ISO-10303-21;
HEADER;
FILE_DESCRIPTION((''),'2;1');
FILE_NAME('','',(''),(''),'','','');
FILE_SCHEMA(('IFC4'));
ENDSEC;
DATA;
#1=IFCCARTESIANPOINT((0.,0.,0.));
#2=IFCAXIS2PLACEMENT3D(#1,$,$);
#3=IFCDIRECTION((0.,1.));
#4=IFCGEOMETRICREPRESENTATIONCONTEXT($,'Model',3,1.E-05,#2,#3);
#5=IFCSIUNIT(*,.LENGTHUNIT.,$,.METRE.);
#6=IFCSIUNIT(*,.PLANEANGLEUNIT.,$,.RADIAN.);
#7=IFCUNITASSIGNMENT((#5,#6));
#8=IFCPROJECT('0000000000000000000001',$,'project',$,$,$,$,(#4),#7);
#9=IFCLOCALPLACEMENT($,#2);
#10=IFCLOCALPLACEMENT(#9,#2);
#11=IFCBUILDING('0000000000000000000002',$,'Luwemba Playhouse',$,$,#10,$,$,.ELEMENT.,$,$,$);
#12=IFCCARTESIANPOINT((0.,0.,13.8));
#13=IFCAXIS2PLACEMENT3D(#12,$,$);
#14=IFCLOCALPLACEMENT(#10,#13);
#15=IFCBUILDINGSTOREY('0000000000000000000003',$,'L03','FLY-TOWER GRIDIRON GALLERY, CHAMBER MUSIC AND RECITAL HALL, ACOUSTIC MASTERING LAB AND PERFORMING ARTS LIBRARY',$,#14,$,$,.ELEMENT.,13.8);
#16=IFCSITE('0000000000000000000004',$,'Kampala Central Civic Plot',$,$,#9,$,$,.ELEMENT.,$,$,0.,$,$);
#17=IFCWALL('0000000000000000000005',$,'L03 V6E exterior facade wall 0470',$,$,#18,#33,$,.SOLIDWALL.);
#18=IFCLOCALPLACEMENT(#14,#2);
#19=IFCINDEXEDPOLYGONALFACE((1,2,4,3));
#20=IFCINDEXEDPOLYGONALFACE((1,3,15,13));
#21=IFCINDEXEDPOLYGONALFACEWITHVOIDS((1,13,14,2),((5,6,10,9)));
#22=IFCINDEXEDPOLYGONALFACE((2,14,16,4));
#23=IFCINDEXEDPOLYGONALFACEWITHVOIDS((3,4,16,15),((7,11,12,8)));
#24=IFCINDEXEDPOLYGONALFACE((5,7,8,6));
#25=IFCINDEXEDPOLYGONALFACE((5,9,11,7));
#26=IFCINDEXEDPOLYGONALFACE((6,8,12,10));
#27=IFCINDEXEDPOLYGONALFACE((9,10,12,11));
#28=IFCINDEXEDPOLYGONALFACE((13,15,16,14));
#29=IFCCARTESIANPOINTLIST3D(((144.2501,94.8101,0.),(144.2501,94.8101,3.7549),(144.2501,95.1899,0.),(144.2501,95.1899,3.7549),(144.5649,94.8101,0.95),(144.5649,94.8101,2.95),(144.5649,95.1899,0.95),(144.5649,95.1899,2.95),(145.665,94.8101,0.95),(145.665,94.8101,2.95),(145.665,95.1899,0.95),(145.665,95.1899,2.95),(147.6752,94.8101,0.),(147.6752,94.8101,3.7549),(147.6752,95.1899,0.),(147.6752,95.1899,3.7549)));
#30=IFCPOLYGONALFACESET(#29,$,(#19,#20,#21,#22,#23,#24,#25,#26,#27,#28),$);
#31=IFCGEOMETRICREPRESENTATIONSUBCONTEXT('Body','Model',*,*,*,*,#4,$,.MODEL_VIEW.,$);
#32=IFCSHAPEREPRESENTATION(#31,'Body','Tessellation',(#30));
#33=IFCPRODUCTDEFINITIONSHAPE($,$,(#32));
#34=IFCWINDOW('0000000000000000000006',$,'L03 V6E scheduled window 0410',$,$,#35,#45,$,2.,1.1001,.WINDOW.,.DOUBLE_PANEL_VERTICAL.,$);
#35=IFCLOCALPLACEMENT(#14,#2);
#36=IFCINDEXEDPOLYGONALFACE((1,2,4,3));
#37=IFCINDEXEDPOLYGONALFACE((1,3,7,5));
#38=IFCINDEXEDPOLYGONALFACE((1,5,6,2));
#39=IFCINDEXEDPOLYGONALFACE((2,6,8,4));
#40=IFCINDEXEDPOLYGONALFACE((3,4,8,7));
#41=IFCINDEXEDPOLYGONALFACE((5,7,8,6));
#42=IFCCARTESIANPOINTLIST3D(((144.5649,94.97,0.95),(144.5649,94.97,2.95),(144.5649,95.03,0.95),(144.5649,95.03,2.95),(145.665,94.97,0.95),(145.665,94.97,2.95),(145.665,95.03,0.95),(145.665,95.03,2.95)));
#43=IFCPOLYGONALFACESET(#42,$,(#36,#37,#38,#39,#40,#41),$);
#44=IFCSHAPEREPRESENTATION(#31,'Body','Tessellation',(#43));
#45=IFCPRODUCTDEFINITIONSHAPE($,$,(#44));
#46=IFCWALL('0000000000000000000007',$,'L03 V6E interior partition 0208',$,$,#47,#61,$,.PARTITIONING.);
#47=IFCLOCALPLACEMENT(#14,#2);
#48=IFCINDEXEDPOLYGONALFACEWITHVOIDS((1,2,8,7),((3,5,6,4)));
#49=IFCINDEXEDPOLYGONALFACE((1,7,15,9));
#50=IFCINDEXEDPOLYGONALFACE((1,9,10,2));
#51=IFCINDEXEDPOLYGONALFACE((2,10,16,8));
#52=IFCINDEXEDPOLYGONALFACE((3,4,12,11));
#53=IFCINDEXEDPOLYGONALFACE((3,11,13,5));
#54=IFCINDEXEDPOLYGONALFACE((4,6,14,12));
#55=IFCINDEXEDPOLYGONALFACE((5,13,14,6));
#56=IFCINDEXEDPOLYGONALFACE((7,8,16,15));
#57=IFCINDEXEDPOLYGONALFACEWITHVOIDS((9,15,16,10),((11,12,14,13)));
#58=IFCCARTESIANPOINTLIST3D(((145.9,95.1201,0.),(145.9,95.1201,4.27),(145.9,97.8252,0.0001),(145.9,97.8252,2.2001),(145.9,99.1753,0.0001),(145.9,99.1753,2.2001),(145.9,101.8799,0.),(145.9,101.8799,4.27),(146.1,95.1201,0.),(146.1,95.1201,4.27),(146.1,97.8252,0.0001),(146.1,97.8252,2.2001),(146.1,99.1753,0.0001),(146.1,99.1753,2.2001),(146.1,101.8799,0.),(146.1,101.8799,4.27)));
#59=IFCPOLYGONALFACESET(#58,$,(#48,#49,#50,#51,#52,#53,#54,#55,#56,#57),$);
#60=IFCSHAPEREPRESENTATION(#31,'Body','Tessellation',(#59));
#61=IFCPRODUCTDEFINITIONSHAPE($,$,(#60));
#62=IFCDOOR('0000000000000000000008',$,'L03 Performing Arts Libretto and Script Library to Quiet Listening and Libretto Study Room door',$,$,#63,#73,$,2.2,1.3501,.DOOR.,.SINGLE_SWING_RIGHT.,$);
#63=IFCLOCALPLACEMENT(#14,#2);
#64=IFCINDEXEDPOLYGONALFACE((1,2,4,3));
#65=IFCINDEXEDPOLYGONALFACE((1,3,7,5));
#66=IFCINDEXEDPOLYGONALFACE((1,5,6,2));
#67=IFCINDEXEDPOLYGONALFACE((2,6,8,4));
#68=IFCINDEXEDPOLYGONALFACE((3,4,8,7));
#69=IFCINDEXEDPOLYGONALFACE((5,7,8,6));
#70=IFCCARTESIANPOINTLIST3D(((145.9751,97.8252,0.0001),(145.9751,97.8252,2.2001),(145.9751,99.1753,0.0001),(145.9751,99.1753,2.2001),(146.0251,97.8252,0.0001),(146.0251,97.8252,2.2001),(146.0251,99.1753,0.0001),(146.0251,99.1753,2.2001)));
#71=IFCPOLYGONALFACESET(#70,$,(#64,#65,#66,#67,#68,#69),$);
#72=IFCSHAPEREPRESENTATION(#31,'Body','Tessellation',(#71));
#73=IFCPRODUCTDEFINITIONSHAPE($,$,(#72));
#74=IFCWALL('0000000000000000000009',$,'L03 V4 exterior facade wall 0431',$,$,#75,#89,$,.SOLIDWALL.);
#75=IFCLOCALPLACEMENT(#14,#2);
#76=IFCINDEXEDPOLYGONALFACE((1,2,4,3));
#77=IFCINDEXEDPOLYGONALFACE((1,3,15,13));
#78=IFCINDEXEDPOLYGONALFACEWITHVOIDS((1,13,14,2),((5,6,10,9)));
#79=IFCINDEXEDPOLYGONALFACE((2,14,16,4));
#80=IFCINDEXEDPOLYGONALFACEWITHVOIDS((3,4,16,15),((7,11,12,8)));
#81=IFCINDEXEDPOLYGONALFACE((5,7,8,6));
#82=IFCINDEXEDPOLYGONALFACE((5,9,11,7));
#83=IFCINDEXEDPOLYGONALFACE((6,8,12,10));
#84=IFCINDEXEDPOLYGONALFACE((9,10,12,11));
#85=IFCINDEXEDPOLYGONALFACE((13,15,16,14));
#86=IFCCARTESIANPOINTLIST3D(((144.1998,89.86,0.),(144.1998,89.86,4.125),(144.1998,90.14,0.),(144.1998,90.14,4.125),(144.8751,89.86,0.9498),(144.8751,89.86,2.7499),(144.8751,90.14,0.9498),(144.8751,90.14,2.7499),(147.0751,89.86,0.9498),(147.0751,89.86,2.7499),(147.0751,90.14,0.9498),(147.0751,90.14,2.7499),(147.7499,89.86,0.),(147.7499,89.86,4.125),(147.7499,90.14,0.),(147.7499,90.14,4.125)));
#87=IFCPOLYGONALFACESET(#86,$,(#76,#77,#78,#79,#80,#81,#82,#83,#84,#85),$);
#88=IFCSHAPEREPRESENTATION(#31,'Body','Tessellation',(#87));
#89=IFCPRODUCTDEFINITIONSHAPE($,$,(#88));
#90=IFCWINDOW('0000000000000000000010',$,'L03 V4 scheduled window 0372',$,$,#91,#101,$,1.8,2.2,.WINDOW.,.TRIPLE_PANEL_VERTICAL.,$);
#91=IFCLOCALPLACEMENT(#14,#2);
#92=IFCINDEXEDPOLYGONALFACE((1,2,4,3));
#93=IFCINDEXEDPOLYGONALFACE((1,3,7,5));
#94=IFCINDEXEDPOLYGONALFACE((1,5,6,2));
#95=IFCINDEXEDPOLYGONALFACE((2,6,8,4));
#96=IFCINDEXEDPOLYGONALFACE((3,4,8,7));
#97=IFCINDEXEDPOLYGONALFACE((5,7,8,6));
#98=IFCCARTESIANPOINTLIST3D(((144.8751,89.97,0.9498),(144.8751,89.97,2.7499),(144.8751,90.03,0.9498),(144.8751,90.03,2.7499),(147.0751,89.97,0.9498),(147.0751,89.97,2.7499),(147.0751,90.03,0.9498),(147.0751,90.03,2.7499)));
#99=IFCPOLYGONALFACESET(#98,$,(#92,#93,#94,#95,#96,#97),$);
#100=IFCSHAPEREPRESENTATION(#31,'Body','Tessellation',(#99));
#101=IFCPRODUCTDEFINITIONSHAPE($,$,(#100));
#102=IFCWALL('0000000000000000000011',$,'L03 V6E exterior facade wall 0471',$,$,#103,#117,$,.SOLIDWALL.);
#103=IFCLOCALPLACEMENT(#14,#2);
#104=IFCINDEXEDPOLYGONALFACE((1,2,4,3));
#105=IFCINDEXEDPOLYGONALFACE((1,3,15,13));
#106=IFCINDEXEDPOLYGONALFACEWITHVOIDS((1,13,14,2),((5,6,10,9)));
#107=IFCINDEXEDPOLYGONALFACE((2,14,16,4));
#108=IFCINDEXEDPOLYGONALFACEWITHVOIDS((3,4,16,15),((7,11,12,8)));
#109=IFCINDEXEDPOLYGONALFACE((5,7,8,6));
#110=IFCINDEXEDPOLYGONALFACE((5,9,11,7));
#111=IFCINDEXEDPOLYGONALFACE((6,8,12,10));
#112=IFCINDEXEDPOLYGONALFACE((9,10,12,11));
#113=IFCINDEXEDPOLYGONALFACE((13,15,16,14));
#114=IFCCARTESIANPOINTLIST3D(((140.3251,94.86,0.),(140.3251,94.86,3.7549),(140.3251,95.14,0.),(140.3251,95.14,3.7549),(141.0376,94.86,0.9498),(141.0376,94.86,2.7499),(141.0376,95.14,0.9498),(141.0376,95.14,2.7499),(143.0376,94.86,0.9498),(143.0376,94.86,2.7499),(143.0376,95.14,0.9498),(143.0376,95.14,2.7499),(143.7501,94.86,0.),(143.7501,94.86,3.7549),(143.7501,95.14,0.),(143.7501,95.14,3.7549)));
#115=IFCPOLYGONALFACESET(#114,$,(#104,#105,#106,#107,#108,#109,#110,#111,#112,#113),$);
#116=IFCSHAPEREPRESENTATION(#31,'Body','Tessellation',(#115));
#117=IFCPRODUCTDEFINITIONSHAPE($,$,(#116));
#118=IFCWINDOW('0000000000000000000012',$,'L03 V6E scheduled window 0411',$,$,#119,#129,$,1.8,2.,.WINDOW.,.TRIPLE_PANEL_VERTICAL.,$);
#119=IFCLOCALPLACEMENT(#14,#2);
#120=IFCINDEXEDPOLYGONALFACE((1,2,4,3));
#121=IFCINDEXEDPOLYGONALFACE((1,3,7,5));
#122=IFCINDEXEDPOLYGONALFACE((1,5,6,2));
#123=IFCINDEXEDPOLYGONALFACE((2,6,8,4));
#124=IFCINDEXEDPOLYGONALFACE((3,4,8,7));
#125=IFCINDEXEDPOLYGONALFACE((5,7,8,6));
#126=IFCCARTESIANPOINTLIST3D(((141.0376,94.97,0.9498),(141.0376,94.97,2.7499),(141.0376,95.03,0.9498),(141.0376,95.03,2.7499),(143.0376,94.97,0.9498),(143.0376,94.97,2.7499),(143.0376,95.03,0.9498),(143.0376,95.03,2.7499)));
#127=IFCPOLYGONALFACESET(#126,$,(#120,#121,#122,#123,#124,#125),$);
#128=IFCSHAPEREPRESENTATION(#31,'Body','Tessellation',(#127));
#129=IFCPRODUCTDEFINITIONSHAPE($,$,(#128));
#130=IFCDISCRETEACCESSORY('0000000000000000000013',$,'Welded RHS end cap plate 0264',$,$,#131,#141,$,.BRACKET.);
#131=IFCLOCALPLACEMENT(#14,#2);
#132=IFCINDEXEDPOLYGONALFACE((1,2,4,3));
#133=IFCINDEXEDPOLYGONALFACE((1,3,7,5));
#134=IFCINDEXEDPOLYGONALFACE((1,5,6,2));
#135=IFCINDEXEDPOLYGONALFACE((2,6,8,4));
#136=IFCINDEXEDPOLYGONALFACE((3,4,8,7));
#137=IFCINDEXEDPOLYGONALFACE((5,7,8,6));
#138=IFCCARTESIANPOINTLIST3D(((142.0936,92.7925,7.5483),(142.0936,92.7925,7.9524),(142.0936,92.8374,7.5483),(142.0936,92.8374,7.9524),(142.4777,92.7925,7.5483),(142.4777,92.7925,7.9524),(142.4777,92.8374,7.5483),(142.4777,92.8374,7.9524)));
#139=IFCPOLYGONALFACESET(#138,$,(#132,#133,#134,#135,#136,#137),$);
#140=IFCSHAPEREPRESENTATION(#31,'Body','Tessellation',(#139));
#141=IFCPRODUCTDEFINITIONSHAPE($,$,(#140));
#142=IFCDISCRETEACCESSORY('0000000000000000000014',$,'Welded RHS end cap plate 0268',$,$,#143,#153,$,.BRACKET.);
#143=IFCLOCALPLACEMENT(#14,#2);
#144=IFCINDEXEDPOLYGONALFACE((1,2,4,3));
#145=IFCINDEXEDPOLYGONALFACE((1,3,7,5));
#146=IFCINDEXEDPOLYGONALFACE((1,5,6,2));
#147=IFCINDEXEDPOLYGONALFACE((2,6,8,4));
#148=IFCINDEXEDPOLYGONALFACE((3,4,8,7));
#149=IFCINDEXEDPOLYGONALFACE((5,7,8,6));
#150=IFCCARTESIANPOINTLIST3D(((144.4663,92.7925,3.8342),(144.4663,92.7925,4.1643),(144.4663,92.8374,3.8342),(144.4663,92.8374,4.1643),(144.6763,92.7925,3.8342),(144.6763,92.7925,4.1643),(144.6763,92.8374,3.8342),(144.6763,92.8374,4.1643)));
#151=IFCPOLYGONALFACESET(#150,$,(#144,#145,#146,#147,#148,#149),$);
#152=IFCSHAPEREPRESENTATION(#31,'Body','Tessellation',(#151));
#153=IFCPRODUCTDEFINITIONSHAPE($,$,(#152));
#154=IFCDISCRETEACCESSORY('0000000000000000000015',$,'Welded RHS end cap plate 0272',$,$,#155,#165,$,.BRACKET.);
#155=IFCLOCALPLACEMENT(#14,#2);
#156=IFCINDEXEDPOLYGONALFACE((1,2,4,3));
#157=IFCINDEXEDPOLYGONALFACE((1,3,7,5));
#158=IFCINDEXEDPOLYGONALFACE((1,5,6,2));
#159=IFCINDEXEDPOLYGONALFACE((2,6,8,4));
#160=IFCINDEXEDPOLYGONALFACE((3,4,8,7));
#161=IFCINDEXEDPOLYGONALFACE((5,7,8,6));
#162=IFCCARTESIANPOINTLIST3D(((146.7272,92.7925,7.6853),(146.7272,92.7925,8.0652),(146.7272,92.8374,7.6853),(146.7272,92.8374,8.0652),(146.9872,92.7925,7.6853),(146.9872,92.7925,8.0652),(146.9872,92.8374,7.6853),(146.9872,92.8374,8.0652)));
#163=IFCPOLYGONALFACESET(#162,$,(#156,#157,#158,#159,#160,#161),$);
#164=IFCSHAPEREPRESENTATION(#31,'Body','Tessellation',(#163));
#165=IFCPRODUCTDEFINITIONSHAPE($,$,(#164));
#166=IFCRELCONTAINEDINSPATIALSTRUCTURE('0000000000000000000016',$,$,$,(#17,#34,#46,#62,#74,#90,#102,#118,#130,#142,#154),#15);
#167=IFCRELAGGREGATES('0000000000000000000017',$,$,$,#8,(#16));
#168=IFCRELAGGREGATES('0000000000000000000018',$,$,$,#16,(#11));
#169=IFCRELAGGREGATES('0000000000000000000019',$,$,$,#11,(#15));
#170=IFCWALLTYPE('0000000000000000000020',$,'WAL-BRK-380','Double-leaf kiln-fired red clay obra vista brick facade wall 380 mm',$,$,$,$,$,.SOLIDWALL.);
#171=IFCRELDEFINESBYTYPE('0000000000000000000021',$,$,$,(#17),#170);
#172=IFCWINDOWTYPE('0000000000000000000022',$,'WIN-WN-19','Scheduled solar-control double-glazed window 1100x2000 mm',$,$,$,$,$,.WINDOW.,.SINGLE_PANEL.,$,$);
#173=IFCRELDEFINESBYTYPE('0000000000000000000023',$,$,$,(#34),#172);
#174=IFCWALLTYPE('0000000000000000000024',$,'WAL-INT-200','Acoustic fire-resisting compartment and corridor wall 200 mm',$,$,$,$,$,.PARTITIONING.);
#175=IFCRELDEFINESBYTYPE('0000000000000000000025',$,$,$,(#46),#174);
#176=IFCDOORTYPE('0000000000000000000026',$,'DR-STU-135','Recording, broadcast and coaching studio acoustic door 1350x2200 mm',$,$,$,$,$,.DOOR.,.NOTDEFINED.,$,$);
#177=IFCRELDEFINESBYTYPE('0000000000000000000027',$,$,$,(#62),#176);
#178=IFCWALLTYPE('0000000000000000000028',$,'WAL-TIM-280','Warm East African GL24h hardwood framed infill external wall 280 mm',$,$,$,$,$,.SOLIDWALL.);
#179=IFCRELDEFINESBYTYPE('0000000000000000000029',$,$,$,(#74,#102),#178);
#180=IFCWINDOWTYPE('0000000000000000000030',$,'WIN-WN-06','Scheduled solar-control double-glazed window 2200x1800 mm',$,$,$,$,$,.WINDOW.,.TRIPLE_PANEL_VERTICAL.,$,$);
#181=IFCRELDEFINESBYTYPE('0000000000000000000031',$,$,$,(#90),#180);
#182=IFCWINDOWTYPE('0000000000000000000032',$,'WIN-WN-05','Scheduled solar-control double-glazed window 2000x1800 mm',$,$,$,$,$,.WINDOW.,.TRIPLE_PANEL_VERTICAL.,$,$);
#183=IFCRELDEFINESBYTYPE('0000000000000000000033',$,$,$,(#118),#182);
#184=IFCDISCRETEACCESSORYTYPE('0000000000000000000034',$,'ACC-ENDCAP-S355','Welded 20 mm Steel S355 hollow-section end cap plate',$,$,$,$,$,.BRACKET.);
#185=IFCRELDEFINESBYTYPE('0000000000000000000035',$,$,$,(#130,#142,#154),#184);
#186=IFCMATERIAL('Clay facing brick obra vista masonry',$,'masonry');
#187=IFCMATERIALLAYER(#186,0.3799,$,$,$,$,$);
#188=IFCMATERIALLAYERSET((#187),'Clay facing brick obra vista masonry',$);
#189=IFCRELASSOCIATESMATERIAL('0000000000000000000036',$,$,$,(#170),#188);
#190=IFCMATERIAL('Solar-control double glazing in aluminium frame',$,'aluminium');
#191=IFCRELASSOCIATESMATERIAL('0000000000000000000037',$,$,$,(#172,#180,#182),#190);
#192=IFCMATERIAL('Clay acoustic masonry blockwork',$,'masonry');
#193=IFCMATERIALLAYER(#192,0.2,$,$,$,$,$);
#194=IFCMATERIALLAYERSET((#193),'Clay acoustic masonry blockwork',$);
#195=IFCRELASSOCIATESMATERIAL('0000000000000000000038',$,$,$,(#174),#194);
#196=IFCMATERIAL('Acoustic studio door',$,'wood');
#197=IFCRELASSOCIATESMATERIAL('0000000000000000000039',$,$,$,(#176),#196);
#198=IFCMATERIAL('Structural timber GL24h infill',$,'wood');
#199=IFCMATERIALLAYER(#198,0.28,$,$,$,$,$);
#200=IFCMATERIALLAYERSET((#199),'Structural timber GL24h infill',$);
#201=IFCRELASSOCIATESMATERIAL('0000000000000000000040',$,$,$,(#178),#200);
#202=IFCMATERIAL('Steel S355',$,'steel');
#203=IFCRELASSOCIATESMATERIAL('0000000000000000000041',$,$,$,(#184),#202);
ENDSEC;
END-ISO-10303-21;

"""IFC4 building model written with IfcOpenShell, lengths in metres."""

from ifc_helpers import new_model, si_unit, direction, frame, frame_2d, origin, origin_2d, place, context, subcontext, project, spatial, rectangle, extrude, material, layer, layer_set, type_object, element, fill, save


model = new_model("IFC4")

# Units and contexts
model_context = context("Model", 3, precision=1e-05, world=origin(), true_north=direction((0.0, 1.0)))
body_context = subcontext(model_context, "Body", "Model", "MODEL_VIEW")
ifc_project = project(units=[si_unit("LENGTHUNIT", "METRE"), si_unit("PLANEANGLEUNIT", "RADIAN")], contexts=[model_context])

# Site, building, storey
site_placement = place(None, origin())
site = spatial("IfcSite", under=ifc_project, at=site_placement, Name="Kampala Central Civic Plot", CompositionType="ELEMENT", RefElevation=0.0)
building_placement = place(site_placement, origin())
building = spatial("IfcBuilding", under=site, at=building_placement, Name="Luwemba Playhouse", CompositionType="ELEMENT")
storey_placement = place(building_placement, frame((0.0, 0.0, 13.8)))
storey = spatial("IfcBuildingStorey", under=building, at=storey_placement, Name="L03", Description="FLY-TOWER GRIDIRON GALLERY, CHAMBER MUSIC AND RECITAL HALL, ACOUSTIC MASTERING LAB AND PERFORMING ARTS LIBRARY", CompositionType="ELEMENT", Elevation=13.8)

# Shared definitions
ifc_material_1 = material(Name="Steel S355", Category="steel")

# Wall, opening, window
ifc_material_2 = material(Name="Clay facing brick obra vista masonry", Category="masonry")
ifc_layer_1 = layer(ifc_material_2, 0.3799)
ifc_layer_set_1 = layer_set([ifc_layer_1], Name="Clay facing brick obra vista masonry")
wall_type_1 = type_object("IfcWallType", Name="WAL-BRK-380", Description="Double-leaf kiln-fired red clay obra vista brick facade wall 380 mm", PredefinedType="SOLIDWALL", material=ifc_layer_set_1)
wall_1_placement = place(storey_placement, frame((147.675, 95.0, 0.0), z_axis=(0.0, 0.0, 1.0), x_axis=(-1.0, 0.0, 0.0)))
wall_1 = element("IfcWall", 1, at=wall_1_placement, inside=storey, type_object=wall_type_1, Name="L03 V6E exterior facade wall 0470", PredefinedType="SOLIDWALL", context=body_context, shape_type="SweptSolid", body=[
    extrude(rectangle(XDim=3.425, YDim=0.3799, at=frame_2d((1.7124, 0.0))), origin(), (0.0, 0.0, 1.0), 3.7549),
])
opening_1_placement = place(wall_1_placement, frame((2.01, 0.0, 0.95)))
opening_1 = element("IfcOpeningElement", 2, at=opening_1_placement, cuts=wall_1, PredefinedType="OPENING", context=body_context, shape_type="SweptSolid", body=[
    extrude(rectangle(XDim=1.1001, YDim=2.0, at=frame_2d((0.55, 1.0))), frame((0.0, 0.2, 0.0), z_axis=(0.0, -1.0, 0.0), x_axis=(1.0, 0.0, 0.0)), (0.0, 0.0, 1.0), 0.3999),
])
ifc_material_3 = material(Name="Solar-control double glazing in aluminium frame", Category="aluminium")
window_type_1 = type_object("IfcWindowType", Name="WIN-WN-19", Description="Scheduled solar-control double-glazed window 1100x2000 mm", PartitioningType="SINGLE_PANEL", PredefinedType="WINDOW", material=ifc_material_3)
window_1_placement = place(opening_1_placement, origin())
window_1 = element("IfcWindow", 3, at=window_1_placement, inside=storey, type_object=window_type_1, Name="L03 V6E scheduled window 0410", OverallHeight=2.0, OverallWidth=1.1001, PartitioningType="DOUBLE_PANEL_VERTICAL", PredefinedType="WINDOW", context=body_context, shape_type="SweptSolid", body=[
    extrude(rectangle(XDim=1.1001, YDim=2.0, at=frame_2d((0.55, 1.0))), frame((0.0, 0.03, 0.0), z_axis=(0.0, -1.0, 0.0), x_axis=(1.0, 0.0, 0.0)), (0.0, 0.0, 1.0), 0.0601),
])
fill(opening_1, window_1)

# Wall, opening, door
ifc_material_4 = material(Name="Clay acoustic masonry blockwork", Category="masonry")
ifc_layer_2 = layer(ifc_material_4, 0.2)
ifc_layer_set_2 = layer_set([ifc_layer_2], Name="Clay acoustic masonry blockwork")
wall_type_2 = type_object("IfcWallType", Name="WAL-INT-200", Description="Acoustic fire-resisting compartment and corridor wall 200 mm", PredefinedType="PARTITIONING", material=ifc_layer_set_2)
wall_2_placement = place(storey_placement, frame((146.0, 95.1201, 0.0), z_axis=(0.0, 0.0, 1.0), x_axis=(0.0, 1.0, 0.0)))
wall_2 = element("IfcWall", 4, at=wall_2_placement, inside=storey, type_object=wall_type_2, Name="L03 V6E interior partition 0208", PredefinedType="PARTITIONING", context=body_context, shape_type="SweptSolid", body=[
    extrude(rectangle(XDim=6.7598, YDim=0.2, at=frame_2d((3.3799, 0.0))), origin(), (0.0, 0.0, 1.0), 4.27),
])
opening_2_placement = place(wall_2_placement, frame((2.7051, 0.0, 0.0)))
opening_2 = element("IfcOpeningElement", 5, at=opening_2_placement, cuts=wall_2, PredefinedType="OPENING", context=body_context, shape_type="SweptSolid", body=[
    extrude(rectangle(XDim=1.3501, YDim=2.2, at=frame_2d((0.675, 1.1001))), frame((0.0, 0.1099, 0.0), z_axis=(0.0, -1.0, 0.0), x_axis=(1.0, 0.0, 0.0)), (0.0, 0.0, 1.0), 0.22),
])
ifc_material_5 = material(Name="Acoustic studio door", Category="wood")
door_type = type_object("IfcDoorType", Name="DR-STU-135", Description="Recording, broadcast and coaching studio acoustic door 1350x2200 mm", OperationType="NOTDEFINED", PredefinedType="DOOR", material=ifc_material_5)
door_placement = place(opening_2_placement, origin())
door = element("IfcDoor", 6, at=door_placement, inside=storey, type_object=door_type, Name="L03 Performing Arts Libretto and Script Library to Quiet Listening and Libretto Study Room door", OperationType="SINGLE_SWING_RIGHT", OverallHeight=2.2, OverallWidth=1.3501, PredefinedType="DOOR", context=body_context, shape_type="SweptSolid", body=[
    extrude(rectangle(XDim=1.3501, YDim=2.2, at=frame_2d((0.675, 1.1001))), frame((0.0, 0.0249, 0.0), z_axis=(0.0, -1.0, 0.0), x_axis=(1.0, 0.0, 0.0)), (0.0, 0.0, 1.0), 0.05),
])
fill(opening_2, door)

# Walls, openings, windows
ifc_material_6 = material(Name="Structural timber GL24h infill", Category="wood")
ifc_layer_3 = layer(ifc_material_6, 0.28)
ifc_layer_set_3 = layer_set([ifc_layer_3], Name="Structural timber GL24h infill")
wall_type_3 = type_object("IfcWallType", Name="WAL-TIM-280", Description="Warm East African GL24h hardwood framed infill external wall 280 mm", PredefinedType="SOLIDWALL", material=ifc_layer_set_3)
wall_3_placement = place(storey_placement, frame((144.2, 90.0, 0.0), z_axis=(0.0, 0.0, 1.0), x_axis=(1.0, 0.0, 0.0)))
wall_3 = element("IfcWall", 7, at=wall_3_placement, inside=storey, type_object=wall_type_3, Name="L03 V4 exterior facade wall 0431", PredefinedType="SOLIDWALL", context=body_context, shape_type="SweptSolid", body=[
    extrude(rectangle(XDim=3.55, YDim=0.28, at=frame_2d((1.7749, 0.0))), origin(), (0.0, 0.0, 1.0), 4.125),
])
opening_3_placement = place(wall_3_placement, frame((0.675, 0.0, 0.95)))
opening_3 = element("IfcOpeningElement", 8, at=opening_3_placement, cuts=wall_3, PredefinedType="OPENING", context=body_context, shape_type="SweptSolid", body=[
    extrude(rectangle(XDim=2.2, YDim=1.8, at=frame_2d((1.1001, 0.8999))), frame((0.0, 0.1499, 0.0), z_axis=(0.0, -1.0, 0.0), x_axis=(1.0, 0.0, 0.0)), (0.0, 0.0, 1.0), 0.3),
])
window_type_2 = type_object("IfcWindowType", Name="WIN-WN-06", Description="Scheduled solar-control double-glazed window 2200x1800 mm", PartitioningType="TRIPLE_PANEL_VERTICAL", PredefinedType="WINDOW", material=ifc_material_3)
window_2_placement = place(opening_3_placement, origin())
window_2 = element("IfcWindow", 9, at=window_2_placement, inside=storey, type_object=window_type_2, Name="L03 V4 scheduled window 0372", OverallHeight=1.8, OverallWidth=2.2, PartitioningType="TRIPLE_PANEL_VERTICAL", PredefinedType="WINDOW", context=body_context, shape_type="SweptSolid", body=[
    extrude(rectangle(XDim=2.2, YDim=1.8, at=frame_2d((1.1001, 0.8999))), frame((0.0, 0.03, 0.0), z_axis=(0.0, -1.0, 0.0), x_axis=(1.0, 0.0, 0.0)), (0.0, 0.0, 1.0), 0.0601),
])
fill(opening_3, window_2)
wall_4_placement = place(storey_placement, frame((143.75, 95.0, 0.0), z_axis=(0.0, 0.0, 1.0), x_axis=(-1.0, 0.0, 0.0)))
wall_4 = element("IfcWall", 10, at=wall_4_placement, inside=storey, type_object=wall_type_3, Name="L03 V6E exterior facade wall 0471", PredefinedType="SOLIDWALL", context=body_context, shape_type="SweptSolid", body=[
    extrude(rectangle(XDim=3.425, YDim=0.28, at=frame_2d((1.7124, 0.0))), origin(), (0.0, 0.0, 1.0), 3.7549),
])
opening_4_placement = place(wall_4_placement, frame((0.7124, 0.0, 0.95)))
opening_4 = element("IfcOpeningElement", 11, at=opening_4_placement, cuts=wall_4, PredefinedType="OPENING", context=body_context, shape_type="SweptSolid", body=[
    extrude(rectangle(XDim=2.0, YDim=1.8, at=frame_2d((1.0, 0.8999))), frame((0.0, 0.1499, 0.0), z_axis=(0.0, -1.0, 0.0), x_axis=(1.0, 0.0, 0.0)), (0.0, 0.0, 1.0), 0.3),
])
window_type_3 = type_object("IfcWindowType", Name="WIN-WN-05", Description="Scheduled solar-control double-glazed window 2000x1800 mm", PartitioningType="TRIPLE_PANEL_VERTICAL", PredefinedType="WINDOW", material=ifc_material_3)
window_3_placement = place(opening_4_placement, origin())
window_3 = element("IfcWindow", 12, at=window_3_placement, inside=storey, type_object=window_type_3, Name="L03 V6E scheduled window 0411", OverallHeight=1.8, OverallWidth=2.0, PartitioningType="TRIPLE_PANEL_VERTICAL", PredefinedType="WINDOW", context=body_context, shape_type="SweptSolid", body=[
    extrude(rectangle(XDim=2.0, YDim=1.8, at=frame_2d((1.0, 0.8999))), frame((0.0, 0.03, 0.0), z_axis=(0.0, -1.0, 0.0), x_axis=(1.0, 0.0, 0.0)), (0.0, 0.0, 1.0), 0.0601),
])
fill(opening_4, window_3)

# Discrete accessories
discrete_accessory_type = type_object("IfcDiscreteAccessoryType", Name="ACC-ENDCAP-S355", Description="Welded 20 mm Steel S355 hollow-section end cap plate", PredefinedType="BRACKET", material=ifc_material_1)
discrete_accessory_1_placement = place(storey_placement, frame((142.2856, 92.8149, 7.5483), z_axis=(0.0, 0.0, 1.0), x_axis=(1.0, 0.0, 0.0)))
element("IfcDiscreteAccessory", 13, at=discrete_accessory_1_placement, inside=storey, type_object=discrete_accessory_type, Name="Welded RHS end cap plate 0264", PredefinedType="BRACKET", context=body_context, shape_type="SweptSolid", body=[
    extrude(rectangle(XDim=0.384, YDim=0.0449, at=origin_2d()), origin(), (0.0, 0.0, 1.0), 0.4041),
])
discrete_accessory_2_placement = place(storey_placement, frame((144.5713, 92.8149, 3.8342), z_axis=(0.0, 0.0, 1.0), x_axis=(1.0, 0.0, 0.0)))
element("IfcDiscreteAccessory", 14, at=discrete_accessory_2_placement, inside=storey, type_object=discrete_accessory_type, Name="Welded RHS end cap plate 0268", PredefinedType="BRACKET", context=body_context, shape_type="SweptSolid", body=[
    extrude(rectangle(XDim=0.21, YDim=0.0449, at=origin_2d()), origin(), (0.0, 0.0, 1.0), 0.3301),
])
discrete_accessory_3_placement = place(storey_placement, frame((146.8572, 92.8149, 7.6853), z_axis=(0.0, 0.0, 1.0), x_axis=(1.0, 0.0, 0.0)))
element("IfcDiscreteAccessory", 15, at=discrete_accessory_3_placement, inside=storey, type_object=discrete_accessory_type, Name="Welded RHS end cap plate 0272", PredefinedType="BRACKET", context=body_context, shape_type="SweptSolid", body=[
    extrude(rectangle(XDim=0.26, YDim=0.0449, at=origin_2d()), origin(), (0.0, 0.0, 1.0), 0.3799),
])

save(model, "model.ifc")
